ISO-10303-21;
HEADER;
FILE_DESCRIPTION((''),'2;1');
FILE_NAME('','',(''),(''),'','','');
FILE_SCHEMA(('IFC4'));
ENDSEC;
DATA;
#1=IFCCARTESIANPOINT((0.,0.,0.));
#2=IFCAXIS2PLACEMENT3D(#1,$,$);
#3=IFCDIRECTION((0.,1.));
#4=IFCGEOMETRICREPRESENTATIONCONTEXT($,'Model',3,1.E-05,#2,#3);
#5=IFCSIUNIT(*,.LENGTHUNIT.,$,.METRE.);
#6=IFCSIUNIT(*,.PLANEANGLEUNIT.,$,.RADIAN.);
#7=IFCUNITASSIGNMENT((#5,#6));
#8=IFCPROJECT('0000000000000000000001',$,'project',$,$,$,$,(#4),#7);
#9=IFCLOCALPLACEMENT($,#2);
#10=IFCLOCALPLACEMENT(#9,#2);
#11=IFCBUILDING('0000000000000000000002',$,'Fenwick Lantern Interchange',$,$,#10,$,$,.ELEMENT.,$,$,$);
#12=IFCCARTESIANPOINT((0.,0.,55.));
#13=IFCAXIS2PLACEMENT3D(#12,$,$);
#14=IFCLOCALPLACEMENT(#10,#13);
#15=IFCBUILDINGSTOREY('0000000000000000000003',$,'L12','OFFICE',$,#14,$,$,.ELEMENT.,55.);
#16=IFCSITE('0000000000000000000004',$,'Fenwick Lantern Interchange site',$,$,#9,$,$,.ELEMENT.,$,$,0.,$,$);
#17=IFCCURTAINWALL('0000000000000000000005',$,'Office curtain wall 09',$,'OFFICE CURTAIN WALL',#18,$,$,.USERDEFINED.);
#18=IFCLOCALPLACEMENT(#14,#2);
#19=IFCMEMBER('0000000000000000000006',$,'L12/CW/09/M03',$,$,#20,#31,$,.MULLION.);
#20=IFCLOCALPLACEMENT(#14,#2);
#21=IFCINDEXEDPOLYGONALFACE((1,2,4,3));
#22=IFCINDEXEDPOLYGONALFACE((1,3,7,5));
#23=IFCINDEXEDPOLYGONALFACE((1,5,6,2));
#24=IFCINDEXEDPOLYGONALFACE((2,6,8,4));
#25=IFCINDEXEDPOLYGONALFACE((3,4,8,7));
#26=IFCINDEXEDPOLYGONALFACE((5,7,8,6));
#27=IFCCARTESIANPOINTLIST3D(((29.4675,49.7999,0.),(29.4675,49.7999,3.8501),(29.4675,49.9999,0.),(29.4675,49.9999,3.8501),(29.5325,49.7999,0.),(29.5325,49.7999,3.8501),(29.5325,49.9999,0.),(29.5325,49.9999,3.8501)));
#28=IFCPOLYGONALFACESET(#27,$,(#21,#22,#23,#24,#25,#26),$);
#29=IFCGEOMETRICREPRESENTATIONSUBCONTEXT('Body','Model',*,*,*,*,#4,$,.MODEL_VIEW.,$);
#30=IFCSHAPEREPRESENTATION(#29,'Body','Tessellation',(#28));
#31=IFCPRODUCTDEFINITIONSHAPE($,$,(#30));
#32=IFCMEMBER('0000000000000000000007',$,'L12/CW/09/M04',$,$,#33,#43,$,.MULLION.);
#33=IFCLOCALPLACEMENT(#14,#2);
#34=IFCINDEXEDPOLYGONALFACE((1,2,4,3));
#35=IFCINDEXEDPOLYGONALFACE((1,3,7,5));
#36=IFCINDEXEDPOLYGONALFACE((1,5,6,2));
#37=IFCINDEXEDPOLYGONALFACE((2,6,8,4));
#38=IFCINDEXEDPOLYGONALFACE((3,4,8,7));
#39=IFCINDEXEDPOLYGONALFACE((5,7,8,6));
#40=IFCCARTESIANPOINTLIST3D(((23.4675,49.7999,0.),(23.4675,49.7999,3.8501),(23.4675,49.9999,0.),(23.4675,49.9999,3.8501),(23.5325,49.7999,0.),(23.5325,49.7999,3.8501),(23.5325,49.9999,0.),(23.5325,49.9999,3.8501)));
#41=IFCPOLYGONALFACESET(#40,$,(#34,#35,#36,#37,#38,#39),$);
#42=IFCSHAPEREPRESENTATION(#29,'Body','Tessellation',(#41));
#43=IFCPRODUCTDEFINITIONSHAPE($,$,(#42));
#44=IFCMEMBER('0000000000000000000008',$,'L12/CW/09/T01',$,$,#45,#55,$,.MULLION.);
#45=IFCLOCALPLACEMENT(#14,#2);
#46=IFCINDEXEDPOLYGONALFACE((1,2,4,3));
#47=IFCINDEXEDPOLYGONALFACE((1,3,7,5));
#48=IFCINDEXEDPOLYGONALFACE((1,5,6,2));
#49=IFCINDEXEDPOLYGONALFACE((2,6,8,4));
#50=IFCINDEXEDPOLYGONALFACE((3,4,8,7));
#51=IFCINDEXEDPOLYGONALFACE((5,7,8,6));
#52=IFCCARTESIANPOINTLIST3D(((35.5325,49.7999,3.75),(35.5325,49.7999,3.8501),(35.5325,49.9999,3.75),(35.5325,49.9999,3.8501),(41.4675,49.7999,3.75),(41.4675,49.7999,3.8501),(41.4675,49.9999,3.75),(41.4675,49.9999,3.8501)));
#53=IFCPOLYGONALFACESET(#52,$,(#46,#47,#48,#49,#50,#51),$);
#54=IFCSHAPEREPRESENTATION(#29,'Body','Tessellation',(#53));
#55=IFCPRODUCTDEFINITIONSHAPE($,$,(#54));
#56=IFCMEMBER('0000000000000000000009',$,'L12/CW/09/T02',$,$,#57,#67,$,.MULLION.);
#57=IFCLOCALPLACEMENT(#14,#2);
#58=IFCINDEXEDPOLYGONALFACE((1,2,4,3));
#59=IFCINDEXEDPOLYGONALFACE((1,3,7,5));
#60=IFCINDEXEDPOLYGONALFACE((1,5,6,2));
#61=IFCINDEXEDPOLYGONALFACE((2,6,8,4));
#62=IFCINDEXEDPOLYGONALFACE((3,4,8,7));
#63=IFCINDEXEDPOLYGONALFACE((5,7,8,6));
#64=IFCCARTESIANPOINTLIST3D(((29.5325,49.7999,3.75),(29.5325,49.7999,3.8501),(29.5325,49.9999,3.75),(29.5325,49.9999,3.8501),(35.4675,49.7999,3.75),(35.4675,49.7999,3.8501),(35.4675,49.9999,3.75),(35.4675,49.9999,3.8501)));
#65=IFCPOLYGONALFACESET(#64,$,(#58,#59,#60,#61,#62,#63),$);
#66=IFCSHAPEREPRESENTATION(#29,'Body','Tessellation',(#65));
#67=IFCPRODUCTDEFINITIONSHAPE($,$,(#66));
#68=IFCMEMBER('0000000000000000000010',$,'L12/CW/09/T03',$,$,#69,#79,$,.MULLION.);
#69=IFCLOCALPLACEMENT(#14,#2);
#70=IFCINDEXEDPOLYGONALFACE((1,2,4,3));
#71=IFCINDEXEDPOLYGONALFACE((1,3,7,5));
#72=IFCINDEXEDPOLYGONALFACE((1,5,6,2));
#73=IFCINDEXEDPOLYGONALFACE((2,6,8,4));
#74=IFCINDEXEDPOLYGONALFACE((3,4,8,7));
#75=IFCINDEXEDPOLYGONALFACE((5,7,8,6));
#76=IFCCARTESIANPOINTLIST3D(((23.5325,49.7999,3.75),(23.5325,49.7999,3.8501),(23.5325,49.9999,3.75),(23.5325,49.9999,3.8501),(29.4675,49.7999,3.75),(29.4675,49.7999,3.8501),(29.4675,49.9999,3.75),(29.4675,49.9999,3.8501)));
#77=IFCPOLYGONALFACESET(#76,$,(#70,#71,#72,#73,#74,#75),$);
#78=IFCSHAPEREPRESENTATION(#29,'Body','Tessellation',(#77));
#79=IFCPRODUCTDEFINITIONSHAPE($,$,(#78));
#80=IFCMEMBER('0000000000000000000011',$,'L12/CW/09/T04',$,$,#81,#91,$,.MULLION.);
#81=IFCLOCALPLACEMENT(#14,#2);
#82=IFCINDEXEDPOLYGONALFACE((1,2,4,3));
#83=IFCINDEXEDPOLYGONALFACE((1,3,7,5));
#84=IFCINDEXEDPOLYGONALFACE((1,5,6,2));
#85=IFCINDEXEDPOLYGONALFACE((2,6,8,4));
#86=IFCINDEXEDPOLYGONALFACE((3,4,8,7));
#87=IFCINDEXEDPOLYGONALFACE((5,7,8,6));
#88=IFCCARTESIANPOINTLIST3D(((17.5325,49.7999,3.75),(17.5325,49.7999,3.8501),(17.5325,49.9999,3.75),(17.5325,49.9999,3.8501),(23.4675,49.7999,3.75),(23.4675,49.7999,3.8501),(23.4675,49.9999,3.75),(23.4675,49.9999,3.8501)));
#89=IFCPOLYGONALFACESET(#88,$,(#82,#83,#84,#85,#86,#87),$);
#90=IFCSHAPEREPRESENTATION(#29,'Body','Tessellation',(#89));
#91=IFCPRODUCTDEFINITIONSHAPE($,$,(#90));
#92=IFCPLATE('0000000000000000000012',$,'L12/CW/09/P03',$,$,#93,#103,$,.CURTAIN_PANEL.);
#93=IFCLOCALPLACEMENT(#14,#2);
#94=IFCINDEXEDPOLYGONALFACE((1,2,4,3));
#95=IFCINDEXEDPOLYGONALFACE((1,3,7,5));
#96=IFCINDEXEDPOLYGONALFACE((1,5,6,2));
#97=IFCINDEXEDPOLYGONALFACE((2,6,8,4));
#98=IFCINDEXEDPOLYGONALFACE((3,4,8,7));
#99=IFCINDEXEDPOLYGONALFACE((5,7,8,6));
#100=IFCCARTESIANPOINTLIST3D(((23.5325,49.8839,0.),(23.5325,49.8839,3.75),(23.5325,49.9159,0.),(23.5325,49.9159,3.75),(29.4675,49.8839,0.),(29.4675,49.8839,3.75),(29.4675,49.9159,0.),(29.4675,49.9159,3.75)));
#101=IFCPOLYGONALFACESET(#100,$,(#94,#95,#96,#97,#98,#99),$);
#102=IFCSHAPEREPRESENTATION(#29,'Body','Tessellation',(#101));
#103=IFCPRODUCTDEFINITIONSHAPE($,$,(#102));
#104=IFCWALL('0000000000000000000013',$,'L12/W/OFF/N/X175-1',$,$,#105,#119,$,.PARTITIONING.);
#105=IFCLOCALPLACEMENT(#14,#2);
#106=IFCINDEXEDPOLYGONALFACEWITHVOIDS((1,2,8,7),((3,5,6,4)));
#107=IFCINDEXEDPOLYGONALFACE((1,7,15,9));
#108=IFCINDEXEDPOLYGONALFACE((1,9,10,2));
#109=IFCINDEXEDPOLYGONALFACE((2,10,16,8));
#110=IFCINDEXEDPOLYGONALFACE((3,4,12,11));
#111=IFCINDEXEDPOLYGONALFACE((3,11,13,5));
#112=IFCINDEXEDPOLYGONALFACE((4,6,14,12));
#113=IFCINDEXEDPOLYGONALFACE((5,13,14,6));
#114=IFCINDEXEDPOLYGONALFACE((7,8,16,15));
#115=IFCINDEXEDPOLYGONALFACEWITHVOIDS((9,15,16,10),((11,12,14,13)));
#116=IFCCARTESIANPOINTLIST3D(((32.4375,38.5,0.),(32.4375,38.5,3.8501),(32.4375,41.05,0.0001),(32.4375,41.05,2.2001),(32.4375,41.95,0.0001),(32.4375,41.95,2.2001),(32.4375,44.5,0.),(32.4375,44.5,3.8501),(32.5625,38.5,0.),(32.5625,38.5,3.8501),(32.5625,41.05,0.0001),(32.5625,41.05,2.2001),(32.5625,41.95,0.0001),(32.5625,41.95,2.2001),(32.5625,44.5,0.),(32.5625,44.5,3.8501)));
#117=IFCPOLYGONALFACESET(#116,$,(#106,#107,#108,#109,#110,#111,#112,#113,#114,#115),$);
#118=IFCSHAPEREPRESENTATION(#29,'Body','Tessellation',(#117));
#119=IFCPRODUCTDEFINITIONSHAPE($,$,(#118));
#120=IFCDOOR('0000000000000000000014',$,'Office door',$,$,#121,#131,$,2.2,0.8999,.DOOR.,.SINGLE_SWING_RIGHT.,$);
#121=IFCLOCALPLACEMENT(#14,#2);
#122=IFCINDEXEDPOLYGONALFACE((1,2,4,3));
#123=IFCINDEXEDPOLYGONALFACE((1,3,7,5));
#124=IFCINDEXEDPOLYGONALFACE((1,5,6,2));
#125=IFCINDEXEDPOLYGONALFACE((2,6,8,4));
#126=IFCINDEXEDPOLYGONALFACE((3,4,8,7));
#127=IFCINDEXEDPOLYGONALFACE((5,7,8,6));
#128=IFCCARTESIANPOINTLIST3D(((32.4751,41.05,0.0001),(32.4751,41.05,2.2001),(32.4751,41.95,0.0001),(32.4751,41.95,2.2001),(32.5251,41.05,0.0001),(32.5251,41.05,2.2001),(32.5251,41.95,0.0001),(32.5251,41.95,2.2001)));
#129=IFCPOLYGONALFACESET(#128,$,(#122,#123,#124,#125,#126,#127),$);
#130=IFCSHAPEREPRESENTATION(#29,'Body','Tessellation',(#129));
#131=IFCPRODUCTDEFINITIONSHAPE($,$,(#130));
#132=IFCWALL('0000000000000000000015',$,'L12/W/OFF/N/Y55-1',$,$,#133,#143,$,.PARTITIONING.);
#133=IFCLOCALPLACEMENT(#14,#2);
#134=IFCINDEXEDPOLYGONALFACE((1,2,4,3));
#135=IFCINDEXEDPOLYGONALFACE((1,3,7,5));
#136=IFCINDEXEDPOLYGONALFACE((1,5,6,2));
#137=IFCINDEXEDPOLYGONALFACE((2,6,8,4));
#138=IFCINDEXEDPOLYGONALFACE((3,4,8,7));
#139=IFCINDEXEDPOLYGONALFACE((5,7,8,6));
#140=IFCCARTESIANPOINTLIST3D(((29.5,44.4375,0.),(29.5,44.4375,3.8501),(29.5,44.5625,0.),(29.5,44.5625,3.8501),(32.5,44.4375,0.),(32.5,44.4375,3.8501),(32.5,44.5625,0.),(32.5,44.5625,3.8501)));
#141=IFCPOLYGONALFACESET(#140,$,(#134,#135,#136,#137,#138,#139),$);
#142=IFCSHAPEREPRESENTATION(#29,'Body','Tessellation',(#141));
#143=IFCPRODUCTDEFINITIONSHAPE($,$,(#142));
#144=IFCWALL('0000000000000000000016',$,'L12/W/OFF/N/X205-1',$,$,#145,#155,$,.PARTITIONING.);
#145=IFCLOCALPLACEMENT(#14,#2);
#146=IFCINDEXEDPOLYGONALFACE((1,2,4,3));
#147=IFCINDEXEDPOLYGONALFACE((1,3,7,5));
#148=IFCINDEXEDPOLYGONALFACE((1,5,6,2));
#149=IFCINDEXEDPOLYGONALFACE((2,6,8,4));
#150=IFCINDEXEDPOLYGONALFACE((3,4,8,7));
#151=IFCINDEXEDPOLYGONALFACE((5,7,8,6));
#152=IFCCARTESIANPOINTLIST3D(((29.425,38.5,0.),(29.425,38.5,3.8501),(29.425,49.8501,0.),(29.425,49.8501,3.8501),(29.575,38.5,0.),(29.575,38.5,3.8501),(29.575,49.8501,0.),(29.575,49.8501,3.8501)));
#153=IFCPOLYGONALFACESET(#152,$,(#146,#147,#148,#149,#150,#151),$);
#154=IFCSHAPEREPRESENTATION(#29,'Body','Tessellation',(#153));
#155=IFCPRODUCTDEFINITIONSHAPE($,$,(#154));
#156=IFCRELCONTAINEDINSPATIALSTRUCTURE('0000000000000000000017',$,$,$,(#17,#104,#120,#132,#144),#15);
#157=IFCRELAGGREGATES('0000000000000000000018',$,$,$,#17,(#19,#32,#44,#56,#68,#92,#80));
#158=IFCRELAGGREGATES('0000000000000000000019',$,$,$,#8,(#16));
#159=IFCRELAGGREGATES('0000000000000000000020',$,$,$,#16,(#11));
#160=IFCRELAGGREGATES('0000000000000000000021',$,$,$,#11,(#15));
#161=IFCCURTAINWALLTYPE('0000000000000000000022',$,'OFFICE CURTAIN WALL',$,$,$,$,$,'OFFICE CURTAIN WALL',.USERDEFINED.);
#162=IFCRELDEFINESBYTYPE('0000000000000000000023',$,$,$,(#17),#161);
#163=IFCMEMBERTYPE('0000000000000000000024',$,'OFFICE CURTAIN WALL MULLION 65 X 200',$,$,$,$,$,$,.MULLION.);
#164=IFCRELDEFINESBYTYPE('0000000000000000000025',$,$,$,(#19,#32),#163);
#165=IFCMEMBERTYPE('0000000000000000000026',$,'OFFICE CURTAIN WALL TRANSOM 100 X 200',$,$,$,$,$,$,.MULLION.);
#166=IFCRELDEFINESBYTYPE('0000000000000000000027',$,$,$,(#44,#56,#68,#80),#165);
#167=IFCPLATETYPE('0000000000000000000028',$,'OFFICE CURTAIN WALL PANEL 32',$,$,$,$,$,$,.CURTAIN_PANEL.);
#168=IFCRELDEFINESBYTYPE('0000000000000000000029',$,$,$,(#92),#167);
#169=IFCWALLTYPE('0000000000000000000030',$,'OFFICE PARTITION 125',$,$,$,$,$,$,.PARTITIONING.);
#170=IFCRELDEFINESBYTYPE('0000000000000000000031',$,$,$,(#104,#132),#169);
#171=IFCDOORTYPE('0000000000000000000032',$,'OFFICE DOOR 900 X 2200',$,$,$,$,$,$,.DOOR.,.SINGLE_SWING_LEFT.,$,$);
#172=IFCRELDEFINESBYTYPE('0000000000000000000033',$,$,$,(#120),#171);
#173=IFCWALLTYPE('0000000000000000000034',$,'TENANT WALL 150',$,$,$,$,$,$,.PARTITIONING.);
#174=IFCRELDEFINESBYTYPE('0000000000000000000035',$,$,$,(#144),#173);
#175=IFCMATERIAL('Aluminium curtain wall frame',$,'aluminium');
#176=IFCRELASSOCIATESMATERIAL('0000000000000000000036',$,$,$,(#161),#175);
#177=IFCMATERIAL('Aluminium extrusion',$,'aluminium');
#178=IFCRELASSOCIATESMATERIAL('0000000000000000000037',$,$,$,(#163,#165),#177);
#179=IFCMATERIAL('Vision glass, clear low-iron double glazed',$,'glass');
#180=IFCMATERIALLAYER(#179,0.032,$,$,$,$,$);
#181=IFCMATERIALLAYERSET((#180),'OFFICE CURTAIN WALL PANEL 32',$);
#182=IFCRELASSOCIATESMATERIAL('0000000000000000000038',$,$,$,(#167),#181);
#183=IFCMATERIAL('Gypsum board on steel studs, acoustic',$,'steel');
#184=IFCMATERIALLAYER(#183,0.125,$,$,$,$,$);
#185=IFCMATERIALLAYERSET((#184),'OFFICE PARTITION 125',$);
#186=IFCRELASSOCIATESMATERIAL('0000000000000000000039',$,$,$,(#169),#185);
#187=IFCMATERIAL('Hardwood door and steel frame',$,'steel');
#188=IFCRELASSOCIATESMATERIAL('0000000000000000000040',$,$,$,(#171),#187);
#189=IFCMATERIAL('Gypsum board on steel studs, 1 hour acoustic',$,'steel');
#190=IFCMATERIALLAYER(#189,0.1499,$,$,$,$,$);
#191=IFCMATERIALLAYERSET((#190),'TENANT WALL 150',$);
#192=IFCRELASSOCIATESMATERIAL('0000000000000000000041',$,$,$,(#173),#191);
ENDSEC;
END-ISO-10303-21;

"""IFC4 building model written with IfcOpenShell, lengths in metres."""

from ifc_helpers import new_model, si_unit, direction, frame, frame_2d, origin, origin_2d, place, context, subcontext, project, spatial, rectangle, extrude, material, layer, layer_set, material_profile, profile_set, type_object, element, fill, aggregate, save


model = new_model("IFC4")

# Units and contexts
model_context = context("Model", 3, precision=1e-05, world=origin(), true_north=direction((0.0, 1.0)))
body_context = subcontext(model_context, "Body", "Model", "MODEL_VIEW")
ifc_project = project(units=[si_unit("LENGTHUNIT", "METRE"), si_unit("PLANEANGLEUNIT", "RADIAN")], contexts=[model_context])

# Site, building, storey
site_placement = place(None, origin())
site = spatial("IfcSite", under=ifc_project, at=site_placement, Name="Fenwick Lantern Interchange site", CompositionType="ELEMENT", RefElevation=0.0)
building_placement = place(site_placement, origin())
building = spatial("IfcBuilding", under=site, at=building_placement, Name="Fenwick Lantern Interchange", CompositionType="ELEMENT")
storey_placement = place(building_placement, frame((0.0, 0.0, 55.0)))
storey = spatial("IfcBuildingStorey", under=building, at=storey_placement, Name="L12", Description="OFFICE", CompositionType="ELEMENT", Elevation=55.0)

# Curtain wall, members, plate
ifc_material_1 = material(Name="Aluminium curtain wall frame", Category="aluminium")
curtain_wall_type = type_object("IfcCurtainWallType", Name="OFFICE CURTAIN WALL", ElementType="OFFICE CURTAIN WALL", PredefinedType="USERDEFINED", material=ifc_material_1)
curtain_wall_placement = place(storey_placement, origin())
curtain_wall = element("IfcCurtainWall", 1, at=curtain_wall_placement, inside=storey, type_object=curtain_wall_type, Name="Office curtain wall 09", ObjectType="OFFICE CURTAIN WALL", PredefinedType="USERDEFINED")
ifc_material_2 = material(Name="Aluminium extrusion", Category="aluminium")
ifc_material_profile_1 = material_profile(ifc_material_2, rectangle(XDim=0.2, YDim=0.0649, at=origin_2d()), Name="OFFICE CURTAIN WALL MULLION 65 X 200")
ifc_profile_set_1 = profile_set([ifc_material_profile_1], Name="Aluminium extrusion")
member_type_1 = type_object("IfcMemberType", Name="OFFICE CURTAIN WALL MULLION 65 X 200", PredefinedType="MULLION", material=ifc_profile_set_1)
member_1_placement = place(storey_placement, frame((29.5, 49.8999, 0.0), z_axis=(0.0, 0.0, 1.0), x_axis=(0.0, -1.0, 0.0)))
member_1 = element("IfcMember", 2, at=member_1_placement, type_object=member_type_1, Name="L12/CW/09/M03", PredefinedType="MULLION", context=body_context, shape_type="SweptSolid", body=[
    extrude(rectangle(XDim=0.2, YDim=0.0649, at=origin_2d()), origin(), (0.0, 0.0, 1.0), 3.8501),
])
member_2_placement = place(storey_placement, frame((23.5, 49.8999, 0.0), z_axis=(0.0, 0.0, 1.0), x_axis=(0.0, -1.0, 0.0)))
member_2 = element("IfcMember", 3, at=member_2_placement, type_object=member_type_1, Name="L12/CW/09/M04", PredefinedType="MULLION", context=body_context, shape_type="SweptSolid", body=[
    extrude(rectangle(XDim=0.2, YDim=0.0649, at=origin_2d()), origin(), (0.0, 0.0, 1.0), 3.8501),
])
ifc_material_profile_2 = material_profile(ifc_material_2, rectangle(XDim=0.2, YDim=0.1001, at=origin_2d()), Name="OFFICE CURTAIN WALL TRANSOM 100 X 200")
ifc_profile_set_2 = profile_set([ifc_material_profile_2], Name="Aluminium extrusion")
member_type_2 = type_object("IfcMemberType", Name="OFFICE CURTAIN WALL TRANSOM 100 X 200", PredefinedType="MULLION", material=ifc_profile_set_2)
member_3_placement = place(storey_placement, frame((41.4675, 49.8999, 3.8), z_axis=(-1.0, 0.0, 0.0), x_axis=(0.0, -1.0, 0.0)))
member_3 = element("IfcMember", 4, at=member_3_placement, type_object=member_type_2, Name="L12/CW/09/T01", PredefinedType="MULLION", context=body_context, shape_type="SweptSolid", body=[
    extrude(rectangle(XDim=0.2, YDim=0.1001, at=origin_2d()), origin(), (0.0, 0.0, 1.0), 5.9351),
])
member_4_placement = place(storey_placement, frame((35.4675, 49.8999, 3.8), z_axis=(-1.0, 0.0, 0.0), x_axis=(0.0, -1.0, 0.0)))
member_4 = element("IfcMember", 5, at=member_4_placement, type_object=member_type_2, Name="L12/CW/09/T02", PredefinedType="MULLION", context=body_context, shape_type="SweptSolid", body=[
    extrude(rectangle(XDim=0.2, YDim=0.1001, at=origin_2d()), origin(), (0.0, 0.0, 1.0), 5.9351),
])
member_5_placement = place(storey_placement, frame((29.4675, 49.8999, 3.8), z_axis=(-1.0, 0.0, 0.0), x_axis=(0.0, -1.0, 0.0)))
member_5 = element("IfcMember", 6, at=member_5_placement, type_object=member_type_2, Name="L12/CW/09/T03", PredefinedType="MULLION", context=body_context, shape_type="SweptSolid", body=[
    extrude(rectangle(XDim=0.2, YDim=0.1001, at=origin_2d()), origin(), (0.0, 0.0, 1.0), 5.9351),
])
member_6_placement = place(storey_placement, frame((23.4675, 49.8999, 3.8), z_axis=(-1.0, 0.0, 0.0), x_axis=(0.0, -1.0, 0.0)))
member_6 = element("IfcMember", 7, at=member_6_placement, type_object=member_type_2, Name="L12/CW/09/T04", PredefinedType="MULLION", context=body_context, shape_type="SweptSolid", body=[
    extrude(rectangle(XDim=0.2, YDim=0.1001, at=origin_2d()), origin(), (0.0, 0.0, 1.0), 5.9351),
])
ifc_material_3 = material(Name="Vision glass, clear low-iron double glazed", Category="glass")
ifc_layer_1 = layer(ifc_material_3, 0.032)
ifc_layer_set_1 = layer_set([ifc_layer_1], Name="OFFICE CURTAIN WALL PANEL 32")
plate_type = type_object("IfcPlateType", Name="OFFICE CURTAIN WALL PANEL 32", PredefinedType="CURTAIN_PANEL", material=ifc_layer_set_1)
plate_placement = place(storey_placement, frame((26.5, 49.8999, 0.0), z_axis=(0.0, 0.0, 1.0), x_axis=(-1.0, 0.0, 0.0)))
plate = element("IfcPlate", 8, at=plate_placement, type_object=plate_type, Name="L12/CW/09/P03", PredefinedType="CURTAIN_PANEL", context=body_context, shape_type="SweptSolid", body=[
    extrude(rectangle(XDim=5.9351, YDim=0.032, at=origin_2d()), origin(), (0.0, 0.0, 1.0), 3.75),
])
aggregate(curtain_wall, [member_1, member_2, member_3, member_4, member_5, plate, member_6])

# Wall, opening, door
ifc_material_4 = material(Name="Gypsum board on steel studs, acoustic", Category="steel")
ifc_layer_2 = layer(ifc_material_4, 0.125)
ifc_layer_set_2 = layer_set([ifc_layer_2], Name="OFFICE PARTITION 125")
wall_type_1 = type_object("IfcWallType", Name="OFFICE PARTITION 125", PredefinedType="PARTITIONING", material=ifc_layer_set_2)
wall_1_placement = place(storey_placement, frame((32.5, 44.5, 0.0), z_axis=(0.0, 0.0, 1.0), x_axis=(0.0, -1.0, 0.0)))
wall_1 = element("IfcWall", 9, at=wall_1_placement, inside=storey, type_object=wall_type_1, Name="L12/W/OFF/N/X175-1", PredefinedType="PARTITIONING", context=body_context, shape_type="SweptSolid", body=[
    extrude(rectangle(XDim=6.0, YDim=0.125, at=frame_2d((3.0, 0.0))), origin(), (0.0, 0.0, 1.0), 3.8501),
])
opening_placement = place(wall_1_placement, frame((2.55, 0.0, 0.0)))
opening = element("IfcOpeningElement", 10, at=opening_placement, cuts=wall_1, PredefinedType="OPENING", context=body_context, shape_type="SweptSolid", body=[
    extrude(rectangle(XDim=0.8999, YDim=2.2, at=frame_2d((0.45, 1.1001))), frame((0.0, 0.0725, 0.0), z_axis=(0.0, -1.0, 0.0), x_axis=(1.0, 0.0, 0.0)), (0.0, 0.0, 1.0), 0.145),
])
ifc_material_5 = material(Name="Hardwood door and steel frame", Category="steel")
door_type = type_object("IfcDoorType", Name="OFFICE DOOR 900 X 2200", OperationType="SINGLE_SWING_LEFT", PredefinedType="DOOR", material=ifc_material_5)
door_placement = place(opening_placement, frame((0.8999, 0.0, 0.0), z_axis=(0.0, 0.0, 1.0), x_axis=(-1.0, 0.0, 0.0)))
door = element("IfcDoor", 11, at=door_placement, inside=storey, type_object=door_type, Name="Office door", OperationType="SINGLE_SWING_RIGHT", OverallHeight=2.2, OverallWidth=0.8999, PredefinedType="DOOR", context=body_context, shape_type="SweptSolid", body=[
    extrude(rectangle(XDim=0.8999, YDim=2.2, at=frame_2d((0.45, 1.1001))), frame((0.0, 0.0249, 0.0), z_axis=(0.0, -1.0, 0.0), x_axis=(1.0, 0.0, 0.0)), (0.0, 0.0, 1.0), 0.05),
])
fill(opening, door)

# Walls
wall_2_placement = place(storey_placement, frame((32.5, 44.5, 0.0), z_axis=(0.0, 0.0, 1.0), x_axis=(-1.0, 0.0, 0.0)))
element("IfcWall", 12, at=wall_2_placement, inside=storey, type_object=wall_type_1, Name="L12/W/OFF/N/Y55-1", PredefinedType="PARTITIONING", context=body_context, shape_type="SweptSolid", body=[
    extrude(rectangle(XDim=3.0, YDim=0.125, at=frame_2d((1.5, 0.0))), origin(), (0.0, 0.0, 1.0), 3.8501),
])
ifc_material_6 = material(Name="Gypsum board on steel studs, 1 hour acoustic", Category="steel")
ifc_layer_3 = layer(ifc_material_6, 0.1499)
ifc_layer_set_3 = layer_set([ifc_layer_3], Name="TENANT WALL 150")
wall_type_2 = type_object("IfcWallType", Name="TENANT WALL 150", PredefinedType="PARTITIONING", material=ifc_layer_set_3)
wall_3_placement = place(storey_placement, frame((29.5, 49.8501, 0.0), z_axis=(0.0, 0.0, 1.0), x_axis=(0.0, -1.0, 0.0)))
element("IfcWall", 13, at=wall_3_placement, inside=storey, type_object=wall_type_2, Name="L12/W/OFF/N/X205-1", PredefinedType="PARTITIONING", context=body_context, shape_type="SweptSolid", body=[
    extrude(rectangle(XDim=11.3501, YDim=0.1499, at=frame_2d((5.675, 0.0))), origin(), (0.0, 0.0, 1.0), 3.8501),
])

save(model, "model.ifc")
